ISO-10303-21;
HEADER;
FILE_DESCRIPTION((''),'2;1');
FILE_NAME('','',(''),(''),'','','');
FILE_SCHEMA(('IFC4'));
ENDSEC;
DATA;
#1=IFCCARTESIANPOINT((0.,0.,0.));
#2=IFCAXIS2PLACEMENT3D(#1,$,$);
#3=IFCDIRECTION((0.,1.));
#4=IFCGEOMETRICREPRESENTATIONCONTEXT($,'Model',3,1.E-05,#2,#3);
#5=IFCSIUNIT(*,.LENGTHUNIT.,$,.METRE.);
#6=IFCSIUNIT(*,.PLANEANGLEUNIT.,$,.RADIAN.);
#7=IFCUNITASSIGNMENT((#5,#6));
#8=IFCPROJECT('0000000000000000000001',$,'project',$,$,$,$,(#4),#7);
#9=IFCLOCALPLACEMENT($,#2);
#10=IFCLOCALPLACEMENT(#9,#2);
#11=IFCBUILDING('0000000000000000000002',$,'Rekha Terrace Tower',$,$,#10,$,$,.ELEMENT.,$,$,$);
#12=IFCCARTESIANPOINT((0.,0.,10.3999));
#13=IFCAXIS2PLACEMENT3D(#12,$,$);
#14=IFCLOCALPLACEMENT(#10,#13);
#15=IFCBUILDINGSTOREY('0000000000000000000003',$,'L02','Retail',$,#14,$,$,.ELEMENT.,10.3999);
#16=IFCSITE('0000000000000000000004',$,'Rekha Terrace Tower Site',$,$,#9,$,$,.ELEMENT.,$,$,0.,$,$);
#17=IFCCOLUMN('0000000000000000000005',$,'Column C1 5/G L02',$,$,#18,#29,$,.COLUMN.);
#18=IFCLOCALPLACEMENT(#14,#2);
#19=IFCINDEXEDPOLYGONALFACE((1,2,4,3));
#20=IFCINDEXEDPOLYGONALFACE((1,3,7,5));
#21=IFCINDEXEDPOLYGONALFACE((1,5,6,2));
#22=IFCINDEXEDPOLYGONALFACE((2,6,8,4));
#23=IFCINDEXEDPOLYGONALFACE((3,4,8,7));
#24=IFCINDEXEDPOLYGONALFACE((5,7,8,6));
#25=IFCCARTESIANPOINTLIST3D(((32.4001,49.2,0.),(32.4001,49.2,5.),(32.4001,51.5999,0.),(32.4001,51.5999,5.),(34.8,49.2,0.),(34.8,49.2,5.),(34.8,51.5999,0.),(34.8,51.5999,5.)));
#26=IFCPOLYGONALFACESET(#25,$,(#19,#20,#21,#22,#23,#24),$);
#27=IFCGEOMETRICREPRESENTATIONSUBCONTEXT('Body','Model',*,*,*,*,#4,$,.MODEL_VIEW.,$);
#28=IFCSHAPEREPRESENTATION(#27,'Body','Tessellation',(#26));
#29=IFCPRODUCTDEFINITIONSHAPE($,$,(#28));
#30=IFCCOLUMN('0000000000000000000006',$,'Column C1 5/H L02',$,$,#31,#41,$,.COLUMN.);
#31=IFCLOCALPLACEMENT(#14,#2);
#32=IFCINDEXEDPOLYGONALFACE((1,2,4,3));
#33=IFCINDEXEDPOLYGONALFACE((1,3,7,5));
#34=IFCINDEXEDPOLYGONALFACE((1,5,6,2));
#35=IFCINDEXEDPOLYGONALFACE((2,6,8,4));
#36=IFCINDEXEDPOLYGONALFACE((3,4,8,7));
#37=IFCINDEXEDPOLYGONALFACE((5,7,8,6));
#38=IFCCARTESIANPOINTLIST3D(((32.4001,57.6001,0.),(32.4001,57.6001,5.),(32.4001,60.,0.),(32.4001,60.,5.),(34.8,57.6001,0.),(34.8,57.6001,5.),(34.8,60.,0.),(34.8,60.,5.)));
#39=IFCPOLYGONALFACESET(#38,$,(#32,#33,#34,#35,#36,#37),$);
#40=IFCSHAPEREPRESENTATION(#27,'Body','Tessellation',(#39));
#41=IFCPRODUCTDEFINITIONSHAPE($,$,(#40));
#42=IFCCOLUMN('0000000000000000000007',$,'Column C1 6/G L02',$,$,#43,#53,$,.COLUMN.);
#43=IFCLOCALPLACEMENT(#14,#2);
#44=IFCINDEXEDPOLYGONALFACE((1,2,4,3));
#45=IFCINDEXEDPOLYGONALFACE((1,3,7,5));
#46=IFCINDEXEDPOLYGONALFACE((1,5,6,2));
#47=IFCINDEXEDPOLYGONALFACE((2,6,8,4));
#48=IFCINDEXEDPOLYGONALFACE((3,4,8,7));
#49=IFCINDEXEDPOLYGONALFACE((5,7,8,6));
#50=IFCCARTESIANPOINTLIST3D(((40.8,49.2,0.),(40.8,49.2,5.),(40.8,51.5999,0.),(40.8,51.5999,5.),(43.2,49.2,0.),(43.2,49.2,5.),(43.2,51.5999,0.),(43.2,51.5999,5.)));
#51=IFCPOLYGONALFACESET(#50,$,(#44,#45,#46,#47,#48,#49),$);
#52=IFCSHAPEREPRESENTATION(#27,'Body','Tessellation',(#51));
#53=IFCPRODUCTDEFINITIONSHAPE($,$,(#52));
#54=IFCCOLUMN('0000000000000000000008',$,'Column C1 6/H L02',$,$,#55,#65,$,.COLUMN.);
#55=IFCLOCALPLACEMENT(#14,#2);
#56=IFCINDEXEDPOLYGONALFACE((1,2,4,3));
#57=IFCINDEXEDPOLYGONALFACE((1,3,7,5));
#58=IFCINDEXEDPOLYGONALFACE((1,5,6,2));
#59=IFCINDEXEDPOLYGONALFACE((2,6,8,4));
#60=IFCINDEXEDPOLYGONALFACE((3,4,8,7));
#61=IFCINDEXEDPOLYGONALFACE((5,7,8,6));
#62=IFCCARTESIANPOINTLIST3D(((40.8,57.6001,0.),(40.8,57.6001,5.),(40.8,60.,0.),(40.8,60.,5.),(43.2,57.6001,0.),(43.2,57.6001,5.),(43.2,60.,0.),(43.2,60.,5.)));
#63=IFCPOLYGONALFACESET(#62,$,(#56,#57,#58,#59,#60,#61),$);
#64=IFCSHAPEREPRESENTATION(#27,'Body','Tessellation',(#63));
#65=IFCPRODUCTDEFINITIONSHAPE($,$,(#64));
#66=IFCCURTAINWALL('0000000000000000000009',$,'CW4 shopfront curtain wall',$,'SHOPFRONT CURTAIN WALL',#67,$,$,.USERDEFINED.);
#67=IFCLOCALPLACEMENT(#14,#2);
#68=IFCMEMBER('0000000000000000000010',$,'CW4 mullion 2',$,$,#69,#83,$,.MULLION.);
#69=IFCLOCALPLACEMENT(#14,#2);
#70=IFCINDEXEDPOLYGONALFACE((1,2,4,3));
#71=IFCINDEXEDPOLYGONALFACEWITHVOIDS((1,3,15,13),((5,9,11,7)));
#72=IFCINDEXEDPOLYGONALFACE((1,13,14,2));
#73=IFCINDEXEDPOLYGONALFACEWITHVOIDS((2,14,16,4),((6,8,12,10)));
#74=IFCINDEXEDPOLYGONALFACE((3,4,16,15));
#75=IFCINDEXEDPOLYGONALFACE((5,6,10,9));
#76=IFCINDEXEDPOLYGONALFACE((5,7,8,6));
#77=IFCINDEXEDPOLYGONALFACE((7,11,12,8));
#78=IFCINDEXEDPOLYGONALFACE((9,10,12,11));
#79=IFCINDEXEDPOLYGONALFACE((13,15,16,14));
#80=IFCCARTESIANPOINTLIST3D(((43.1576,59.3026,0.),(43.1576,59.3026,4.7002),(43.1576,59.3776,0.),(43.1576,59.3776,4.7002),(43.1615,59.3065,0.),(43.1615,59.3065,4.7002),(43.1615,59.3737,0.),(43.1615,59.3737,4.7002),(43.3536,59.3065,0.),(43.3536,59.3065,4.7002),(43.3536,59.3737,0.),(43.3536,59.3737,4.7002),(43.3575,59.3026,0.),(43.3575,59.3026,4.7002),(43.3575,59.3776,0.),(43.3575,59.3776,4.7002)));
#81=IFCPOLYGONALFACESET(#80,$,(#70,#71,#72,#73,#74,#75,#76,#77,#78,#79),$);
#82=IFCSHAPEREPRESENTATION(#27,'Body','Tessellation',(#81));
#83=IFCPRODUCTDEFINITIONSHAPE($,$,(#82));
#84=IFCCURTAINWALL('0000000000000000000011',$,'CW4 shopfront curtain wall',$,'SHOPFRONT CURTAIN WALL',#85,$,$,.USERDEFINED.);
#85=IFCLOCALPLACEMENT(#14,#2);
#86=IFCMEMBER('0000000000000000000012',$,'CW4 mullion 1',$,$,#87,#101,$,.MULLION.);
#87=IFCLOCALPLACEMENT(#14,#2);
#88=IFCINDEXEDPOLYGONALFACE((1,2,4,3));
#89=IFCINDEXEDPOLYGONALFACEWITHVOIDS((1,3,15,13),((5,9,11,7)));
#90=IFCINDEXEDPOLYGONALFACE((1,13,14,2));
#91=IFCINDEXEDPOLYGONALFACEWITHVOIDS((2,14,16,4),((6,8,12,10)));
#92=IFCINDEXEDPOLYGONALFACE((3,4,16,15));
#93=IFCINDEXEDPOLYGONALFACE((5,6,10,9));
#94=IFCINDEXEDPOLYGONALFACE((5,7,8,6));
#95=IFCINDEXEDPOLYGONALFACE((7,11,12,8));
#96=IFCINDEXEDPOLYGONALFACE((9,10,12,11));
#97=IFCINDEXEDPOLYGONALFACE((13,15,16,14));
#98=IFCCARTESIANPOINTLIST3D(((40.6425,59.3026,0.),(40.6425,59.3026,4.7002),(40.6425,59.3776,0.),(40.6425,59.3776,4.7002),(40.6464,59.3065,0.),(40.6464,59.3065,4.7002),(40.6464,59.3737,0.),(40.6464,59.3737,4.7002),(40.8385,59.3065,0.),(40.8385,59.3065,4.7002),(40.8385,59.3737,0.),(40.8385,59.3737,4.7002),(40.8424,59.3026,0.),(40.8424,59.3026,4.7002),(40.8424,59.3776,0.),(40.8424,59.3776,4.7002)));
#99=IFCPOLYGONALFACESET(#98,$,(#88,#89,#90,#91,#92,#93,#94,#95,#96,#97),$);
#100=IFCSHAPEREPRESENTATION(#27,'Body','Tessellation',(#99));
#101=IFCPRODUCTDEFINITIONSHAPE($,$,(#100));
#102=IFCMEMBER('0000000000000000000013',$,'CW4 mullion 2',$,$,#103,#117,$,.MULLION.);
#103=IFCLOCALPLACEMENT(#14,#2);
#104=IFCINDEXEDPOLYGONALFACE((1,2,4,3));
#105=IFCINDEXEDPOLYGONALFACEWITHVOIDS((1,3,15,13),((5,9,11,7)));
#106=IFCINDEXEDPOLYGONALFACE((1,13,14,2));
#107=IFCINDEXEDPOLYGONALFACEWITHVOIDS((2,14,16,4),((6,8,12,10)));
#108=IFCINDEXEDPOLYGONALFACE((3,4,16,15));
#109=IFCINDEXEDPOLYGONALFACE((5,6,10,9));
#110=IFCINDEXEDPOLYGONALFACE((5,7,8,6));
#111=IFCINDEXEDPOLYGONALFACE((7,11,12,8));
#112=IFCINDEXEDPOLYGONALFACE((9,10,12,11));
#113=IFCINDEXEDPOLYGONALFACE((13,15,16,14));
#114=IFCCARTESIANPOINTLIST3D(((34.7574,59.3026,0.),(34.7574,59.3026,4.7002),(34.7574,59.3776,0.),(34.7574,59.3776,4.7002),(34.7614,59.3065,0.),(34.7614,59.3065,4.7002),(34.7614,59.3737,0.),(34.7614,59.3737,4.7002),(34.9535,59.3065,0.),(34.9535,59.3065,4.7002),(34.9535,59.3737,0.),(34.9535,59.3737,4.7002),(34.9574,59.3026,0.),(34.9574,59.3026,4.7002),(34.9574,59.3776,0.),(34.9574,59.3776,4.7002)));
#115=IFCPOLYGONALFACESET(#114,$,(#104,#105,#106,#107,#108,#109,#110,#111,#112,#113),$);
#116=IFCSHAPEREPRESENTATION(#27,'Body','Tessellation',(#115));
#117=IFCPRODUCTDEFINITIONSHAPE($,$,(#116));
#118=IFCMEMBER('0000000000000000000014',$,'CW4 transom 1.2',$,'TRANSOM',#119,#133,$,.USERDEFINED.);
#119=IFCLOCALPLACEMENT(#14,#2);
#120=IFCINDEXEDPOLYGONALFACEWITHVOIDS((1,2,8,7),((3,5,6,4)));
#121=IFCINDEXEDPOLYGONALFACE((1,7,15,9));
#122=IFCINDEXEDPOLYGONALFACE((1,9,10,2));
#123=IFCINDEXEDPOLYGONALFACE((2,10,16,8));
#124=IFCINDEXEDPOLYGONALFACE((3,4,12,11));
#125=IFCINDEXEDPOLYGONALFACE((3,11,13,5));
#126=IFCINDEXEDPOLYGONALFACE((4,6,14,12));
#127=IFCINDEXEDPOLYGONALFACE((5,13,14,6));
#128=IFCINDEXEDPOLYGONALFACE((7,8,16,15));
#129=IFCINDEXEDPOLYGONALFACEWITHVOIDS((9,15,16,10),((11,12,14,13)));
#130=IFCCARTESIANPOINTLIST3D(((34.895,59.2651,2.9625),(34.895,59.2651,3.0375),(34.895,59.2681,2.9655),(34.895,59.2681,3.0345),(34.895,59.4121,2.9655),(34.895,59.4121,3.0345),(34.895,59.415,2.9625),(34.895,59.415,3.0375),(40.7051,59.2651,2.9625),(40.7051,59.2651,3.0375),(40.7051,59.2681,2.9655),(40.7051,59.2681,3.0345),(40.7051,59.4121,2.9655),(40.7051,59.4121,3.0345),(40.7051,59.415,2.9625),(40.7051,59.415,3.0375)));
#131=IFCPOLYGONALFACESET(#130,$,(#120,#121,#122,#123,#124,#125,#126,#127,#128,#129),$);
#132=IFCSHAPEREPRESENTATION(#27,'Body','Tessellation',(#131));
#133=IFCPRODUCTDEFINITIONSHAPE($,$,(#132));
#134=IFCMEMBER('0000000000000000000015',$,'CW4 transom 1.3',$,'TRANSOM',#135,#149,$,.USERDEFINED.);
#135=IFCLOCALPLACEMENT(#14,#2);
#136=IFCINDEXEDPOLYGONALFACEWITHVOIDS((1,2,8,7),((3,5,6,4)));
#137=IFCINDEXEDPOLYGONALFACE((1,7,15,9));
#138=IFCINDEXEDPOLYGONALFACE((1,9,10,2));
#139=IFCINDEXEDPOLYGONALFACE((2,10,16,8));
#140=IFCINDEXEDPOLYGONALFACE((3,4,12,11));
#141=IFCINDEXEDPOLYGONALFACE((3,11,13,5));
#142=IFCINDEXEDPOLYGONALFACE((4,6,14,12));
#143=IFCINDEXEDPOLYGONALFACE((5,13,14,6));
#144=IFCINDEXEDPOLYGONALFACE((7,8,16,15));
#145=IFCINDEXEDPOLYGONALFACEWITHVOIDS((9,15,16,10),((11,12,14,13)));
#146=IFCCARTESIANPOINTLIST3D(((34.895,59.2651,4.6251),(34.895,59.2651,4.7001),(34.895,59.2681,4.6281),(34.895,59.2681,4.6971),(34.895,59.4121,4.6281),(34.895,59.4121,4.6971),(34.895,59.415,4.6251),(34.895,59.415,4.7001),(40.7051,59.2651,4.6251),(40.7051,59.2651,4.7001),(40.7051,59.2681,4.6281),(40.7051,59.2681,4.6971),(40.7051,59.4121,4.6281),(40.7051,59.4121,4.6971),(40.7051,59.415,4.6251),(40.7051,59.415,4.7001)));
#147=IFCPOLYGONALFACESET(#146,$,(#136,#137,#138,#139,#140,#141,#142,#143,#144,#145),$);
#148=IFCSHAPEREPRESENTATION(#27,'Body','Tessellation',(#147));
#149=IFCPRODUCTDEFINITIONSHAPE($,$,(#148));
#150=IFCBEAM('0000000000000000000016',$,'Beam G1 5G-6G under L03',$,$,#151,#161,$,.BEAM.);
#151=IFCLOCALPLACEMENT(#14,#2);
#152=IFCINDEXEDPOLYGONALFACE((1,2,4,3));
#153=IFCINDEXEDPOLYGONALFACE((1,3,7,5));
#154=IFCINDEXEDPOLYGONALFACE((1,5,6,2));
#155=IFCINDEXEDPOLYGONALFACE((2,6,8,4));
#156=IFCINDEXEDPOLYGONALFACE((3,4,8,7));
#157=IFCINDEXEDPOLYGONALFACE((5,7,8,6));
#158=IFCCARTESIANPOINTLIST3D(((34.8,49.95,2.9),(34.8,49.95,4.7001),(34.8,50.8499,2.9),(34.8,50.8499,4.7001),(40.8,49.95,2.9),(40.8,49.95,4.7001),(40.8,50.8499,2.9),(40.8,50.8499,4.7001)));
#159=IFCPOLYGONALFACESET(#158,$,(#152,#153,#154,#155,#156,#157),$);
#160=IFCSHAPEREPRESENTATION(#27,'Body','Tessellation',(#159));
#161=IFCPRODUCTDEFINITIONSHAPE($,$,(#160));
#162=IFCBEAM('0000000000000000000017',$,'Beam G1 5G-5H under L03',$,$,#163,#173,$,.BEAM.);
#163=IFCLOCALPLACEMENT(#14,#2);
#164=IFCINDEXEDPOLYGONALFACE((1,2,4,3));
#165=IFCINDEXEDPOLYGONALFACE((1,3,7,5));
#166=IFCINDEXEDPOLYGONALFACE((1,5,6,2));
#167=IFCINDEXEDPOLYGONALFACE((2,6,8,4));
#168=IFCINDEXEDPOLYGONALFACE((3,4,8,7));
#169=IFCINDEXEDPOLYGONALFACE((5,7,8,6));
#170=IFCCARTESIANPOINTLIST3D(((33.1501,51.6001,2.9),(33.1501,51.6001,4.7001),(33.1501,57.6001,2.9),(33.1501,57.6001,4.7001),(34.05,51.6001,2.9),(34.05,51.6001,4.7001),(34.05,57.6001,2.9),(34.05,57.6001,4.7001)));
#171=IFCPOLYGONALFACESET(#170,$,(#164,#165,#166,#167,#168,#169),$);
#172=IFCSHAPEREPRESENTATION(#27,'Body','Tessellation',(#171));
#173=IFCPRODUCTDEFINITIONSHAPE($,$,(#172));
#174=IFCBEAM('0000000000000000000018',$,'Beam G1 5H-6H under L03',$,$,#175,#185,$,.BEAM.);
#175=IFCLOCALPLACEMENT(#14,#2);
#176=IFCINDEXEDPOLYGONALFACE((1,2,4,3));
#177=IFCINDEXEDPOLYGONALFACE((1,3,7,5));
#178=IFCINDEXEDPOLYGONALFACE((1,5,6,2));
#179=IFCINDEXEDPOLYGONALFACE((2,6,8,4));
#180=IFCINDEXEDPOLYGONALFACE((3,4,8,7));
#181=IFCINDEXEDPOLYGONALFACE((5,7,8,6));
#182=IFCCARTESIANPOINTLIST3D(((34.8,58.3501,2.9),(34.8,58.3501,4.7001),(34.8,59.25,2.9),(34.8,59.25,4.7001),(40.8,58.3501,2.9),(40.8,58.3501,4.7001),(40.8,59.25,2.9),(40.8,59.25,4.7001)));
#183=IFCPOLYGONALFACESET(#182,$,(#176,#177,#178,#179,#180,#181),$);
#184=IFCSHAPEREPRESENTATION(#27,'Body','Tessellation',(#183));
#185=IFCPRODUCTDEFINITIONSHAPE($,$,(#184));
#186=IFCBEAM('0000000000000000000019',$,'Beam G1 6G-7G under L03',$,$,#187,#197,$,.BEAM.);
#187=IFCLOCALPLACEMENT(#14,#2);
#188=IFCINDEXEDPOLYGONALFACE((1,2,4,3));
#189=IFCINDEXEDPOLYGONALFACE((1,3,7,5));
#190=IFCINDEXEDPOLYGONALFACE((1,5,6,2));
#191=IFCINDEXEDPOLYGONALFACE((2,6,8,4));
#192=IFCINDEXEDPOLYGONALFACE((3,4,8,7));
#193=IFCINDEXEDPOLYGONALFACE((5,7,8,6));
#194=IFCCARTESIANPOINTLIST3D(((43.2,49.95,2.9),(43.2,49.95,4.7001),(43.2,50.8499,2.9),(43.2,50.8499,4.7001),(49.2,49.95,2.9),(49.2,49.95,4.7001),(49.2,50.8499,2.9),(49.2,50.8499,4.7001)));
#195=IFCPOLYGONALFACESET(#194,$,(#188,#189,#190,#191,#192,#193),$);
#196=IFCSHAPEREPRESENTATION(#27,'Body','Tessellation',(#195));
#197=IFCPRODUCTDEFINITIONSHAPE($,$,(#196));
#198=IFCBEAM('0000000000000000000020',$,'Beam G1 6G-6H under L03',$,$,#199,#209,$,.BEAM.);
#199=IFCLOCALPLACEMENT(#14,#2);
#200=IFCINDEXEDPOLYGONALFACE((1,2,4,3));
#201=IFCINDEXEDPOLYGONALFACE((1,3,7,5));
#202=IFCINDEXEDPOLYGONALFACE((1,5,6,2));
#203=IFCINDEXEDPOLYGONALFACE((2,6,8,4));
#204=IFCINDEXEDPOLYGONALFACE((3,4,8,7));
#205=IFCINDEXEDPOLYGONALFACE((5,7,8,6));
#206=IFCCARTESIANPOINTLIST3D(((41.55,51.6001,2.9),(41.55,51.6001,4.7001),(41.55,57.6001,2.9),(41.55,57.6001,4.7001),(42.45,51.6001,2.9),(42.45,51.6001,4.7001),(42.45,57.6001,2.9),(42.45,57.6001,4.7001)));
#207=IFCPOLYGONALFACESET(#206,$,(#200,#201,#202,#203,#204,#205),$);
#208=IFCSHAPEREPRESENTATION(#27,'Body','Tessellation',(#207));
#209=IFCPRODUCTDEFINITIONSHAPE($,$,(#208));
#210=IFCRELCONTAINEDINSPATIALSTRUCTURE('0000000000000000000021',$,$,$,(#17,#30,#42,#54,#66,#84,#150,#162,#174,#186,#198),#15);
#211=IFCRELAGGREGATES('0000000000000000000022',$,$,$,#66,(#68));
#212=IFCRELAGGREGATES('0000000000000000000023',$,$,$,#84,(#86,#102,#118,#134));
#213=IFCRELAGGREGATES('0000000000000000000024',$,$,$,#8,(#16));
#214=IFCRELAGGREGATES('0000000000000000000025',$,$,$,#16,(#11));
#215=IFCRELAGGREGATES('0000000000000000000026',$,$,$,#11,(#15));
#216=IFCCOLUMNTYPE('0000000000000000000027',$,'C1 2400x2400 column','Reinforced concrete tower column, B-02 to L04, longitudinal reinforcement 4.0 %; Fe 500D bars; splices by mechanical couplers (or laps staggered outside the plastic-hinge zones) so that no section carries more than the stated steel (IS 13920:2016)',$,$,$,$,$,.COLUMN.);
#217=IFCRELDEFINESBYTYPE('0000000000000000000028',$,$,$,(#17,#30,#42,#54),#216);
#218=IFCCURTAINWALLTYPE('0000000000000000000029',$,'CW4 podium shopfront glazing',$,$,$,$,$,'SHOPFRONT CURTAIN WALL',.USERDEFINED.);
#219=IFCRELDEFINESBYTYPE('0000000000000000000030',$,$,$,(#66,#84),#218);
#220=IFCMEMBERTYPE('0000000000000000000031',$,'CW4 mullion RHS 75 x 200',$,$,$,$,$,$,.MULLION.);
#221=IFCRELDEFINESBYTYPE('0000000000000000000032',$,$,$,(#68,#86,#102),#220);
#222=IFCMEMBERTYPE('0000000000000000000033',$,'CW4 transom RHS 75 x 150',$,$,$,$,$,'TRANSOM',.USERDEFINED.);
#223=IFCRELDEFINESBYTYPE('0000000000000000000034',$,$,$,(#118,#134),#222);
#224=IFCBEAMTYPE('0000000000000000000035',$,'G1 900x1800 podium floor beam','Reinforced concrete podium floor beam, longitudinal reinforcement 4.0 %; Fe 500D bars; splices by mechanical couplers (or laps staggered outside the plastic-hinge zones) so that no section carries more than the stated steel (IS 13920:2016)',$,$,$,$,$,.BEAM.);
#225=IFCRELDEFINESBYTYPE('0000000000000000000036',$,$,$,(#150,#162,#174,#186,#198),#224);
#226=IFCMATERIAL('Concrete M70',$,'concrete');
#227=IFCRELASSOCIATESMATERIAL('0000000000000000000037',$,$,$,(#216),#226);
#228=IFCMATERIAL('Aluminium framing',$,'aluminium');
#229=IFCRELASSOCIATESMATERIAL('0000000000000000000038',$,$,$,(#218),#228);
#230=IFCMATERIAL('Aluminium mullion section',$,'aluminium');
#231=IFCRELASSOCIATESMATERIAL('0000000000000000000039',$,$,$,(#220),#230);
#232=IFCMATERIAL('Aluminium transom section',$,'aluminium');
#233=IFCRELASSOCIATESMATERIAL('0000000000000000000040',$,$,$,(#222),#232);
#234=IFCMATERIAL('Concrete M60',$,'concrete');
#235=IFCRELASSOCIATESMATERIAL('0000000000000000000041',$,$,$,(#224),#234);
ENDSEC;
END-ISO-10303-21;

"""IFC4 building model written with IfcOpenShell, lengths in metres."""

from ifc_helpers import new_model, si_unit, direction, frame, origin, origin_2d, place, context, subcontext, project, spatial, rectangle, hollow_rectangle, extrude, material, material_profile, profile_set, type_object, element, aggregate, save


model = new_model("IFC4")

# Units and contexts
model_context = context("Model", 3, precision=1e-05, world=origin(), true_north=direction((0.0, 1.0)))
body_context = subcontext(model_context, "Body", "Model", "MODEL_VIEW")
ifc_project = project(units=[si_unit("LENGTHUNIT", "METRE"), si_unit("PLANEANGLEUNIT", "RADIAN")], contexts=[model_context])

# Site, building, storey
site_placement = place(None, origin())
site = spatial("IfcSite", under=ifc_project, at=site_placement, Name="Rekha Terrace Tower Site", CompositionType="ELEMENT", RefElevation=0.0)
building_placement = place(site_placement, origin())
building = spatial("IfcBuilding", under=site, at=building_placement, Name="Rekha Terrace Tower", CompositionType="ELEMENT")
storey_placement = place(building_placement, frame((0.0, 0.0, 10.3999)))
storey = spatial("IfcBuildingStorey", under=building, at=storey_placement, Name="L02", Description="Retail", CompositionType="ELEMENT", Elevation=10.3999)

# Columns
ifc_material_1 = material(Name="Concrete M70", Category="concrete")
ifc_material_profile_1 = material_profile(ifc_material_1, rectangle(XDim=2.3999, YDim=2.3999, at=origin_2d()), Name="RC 2400x2400")
ifc_profile_set_1 = profile_set([ifc_material_profile_1], Name="Concrete M70")
column_type = type_object("IfcColumnType", Name="C1 2400x2400 column", Description="Reinforced concrete tower column, B-02 to L04, longitudinal reinforcement 4.0 %; Fe 500D bars; splices by mechanical couplers (or laps staggered outside the plastic-hinge zones) so that no section carries more than the stated steel (IS 13920:2016)", PredefinedType="COLUMN", material=ifc_profile_set_1)
for number, where, z_axis, x_axis, name in (
    (1, (33.6001, 50.3999, 0.0), (0.0, 0.0, 1.0), (1.0, 0.0, 0.0), "Column C1 5/G L02"),
    (2, (33.6001, 58.8, 0.0), (0.0, 0.0, 1.0), (1.0, 0.0, 0.0), "Column C1 5/H L02"),
    (3, (42.0, 50.3999, 0.0), (0.0, 0.0, 1.0), (1.0, 0.0, 0.0), "Column C1 6/G L02"),
    (4, (42.0, 58.8, 0.0), (0.0, 0.0, 1.0), (1.0, 0.0, 0.0), "Column C1 6/H L02"),
):
    element("IfcColumn", number, at=place(storey_placement, frame(where, z_axis=z_axis, x_axis=x_axis)), inside=storey, type_object=column_type, Name=name, PredefinedType="COLUMN", context=body_context, shape_type="SweptSolid", body=[
        extrude(rectangle(XDim=2.3999, YDim=2.3999, at=origin_2d()), origin(), (0.0, 0.0, 1.0), 5.0),
    ])

# Curtain wall, member
ifc_material_2 = material(Name="Aluminium framing", Category="aluminium")
curtain_wall_type = type_object("IfcCurtainWallType", Name="CW4 podium shopfront glazing", ElementType="SHOPFRONT CURTAIN WALL", PredefinedType="USERDEFINED", material=ifc_material_2)
curtain_wall_1_placement = place(storey_placement, origin())
curtain_wall_1 = element("IfcCurtainWall", 5, at=curtain_wall_1_placement, inside=storey, type_object=curtain_wall_type, Name="CW4 shopfront curtain wall", ObjectType="SHOPFRONT CURTAIN WALL", PredefinedType="USERDEFINED")
ifc_material_3 = material(Name="Aluminium mullion section", Category="aluminium")
ifc_material_profile_2 = material_profile(ifc_material_3, hollow_rectangle(XDim=0.075, YDim=0.2, WallThickness=0.0039, at=origin_2d()), Name="AL RHS 75x200")
ifc_profile_set_2 = profile_set([ifc_material_profile_2], Name="Aluminium mullion section")
member_type_1 = type_object("IfcMemberType", Name="CW4 mullion RHS 75 x 200", PredefinedType="MULLION", material=ifc_profile_set_2)
member_1_placement = place(storey_placement, frame((43.2576, 59.3401, 0.0), z_axis=(0.0, 0.0, 1.0), x_axis=(0.0, -1.0, 0.0)))
member_1 = element("IfcMember", 6, at=member_1_placement, type_object=member_type_1, Name="CW4 mullion 2", PredefinedType="MULLION", context=body_context, shape_type="SweptSolid", body=[
    extrude(hollow_rectangle(XDim=0.075, YDim=0.2, WallThickness=0.0039, at=origin_2d()), origin(), (0.0, 0.0, 1.0), 4.7002),
])

# Curtain wall, members
curtain_wall_2_placement = place(storey_placement, origin())
curtain_wall_2 = element("IfcCurtainWall", 7, at=curtain_wall_2_placement, inside=storey, type_object=curtain_wall_type, Name="CW4 shopfront curtain wall", ObjectType="SHOPFRONT CURTAIN WALL", PredefinedType="USERDEFINED")
member_2_placement = place(storey_placement, frame((40.7424, 59.3401, 0.0), z_axis=(0.0, 0.0, 1.0), x_axis=(0.0, -1.0, 0.0)))
member_2 = element("IfcMember", 8, at=member_2_placement, type_object=member_type_1, Name="CW4 mullion 1", PredefinedType="MULLION", context=body_context, shape_type="SweptSolid", body=[
    extrude(hollow_rectangle(XDim=0.075, YDim=0.2, WallThickness=0.0039, at=origin_2d()), origin(), (0.0, 0.0, 1.0), 4.7002),
])
member_3_placement = place(storey_placement, frame((34.8574, 59.3401, 0.0), z_axis=(0.0, 0.0, 1.0), x_axis=(0.0, -1.0, 0.0)))
member_3 = element("IfcMember", 9, at=member_3_placement, type_object=member_type_1, Name="CW4 mullion 2", PredefinedType="MULLION", context=body_context, shape_type="SweptSolid", body=[
    extrude(hollow_rectangle(XDim=0.075, YDim=0.2, WallThickness=0.0039, at=origin_2d()), origin(), (0.0, 0.0, 1.0), 4.7002),
])
ifc_material_4 = material(Name="Aluminium transom section", Category="aluminium")
ifc_material_profile_3 = material_profile(ifc_material_4, hollow_rectangle(XDim=0.1499, YDim=0.075, WallThickness=0.0029, at=origin_2d()), Name="AL RHS 150x75")
ifc_profile_set_3 = profile_set([ifc_material_profile_3], Name="Aluminium transom section")
member_type_2 = type_object("IfcMemberType", Name="CW4 transom RHS 75 x 150", ElementType="TRANSOM", PredefinedType="USERDEFINED", material=ifc_profile_set_3)
member_4_placement = place(storey_placement, frame((40.7051, 59.3401, 3.0), z_axis=(-1.0, 0.0, 0.0), x_axis=(0.0, -1.0, 0.0)))
member_4 = element("IfcMember", 10, at=member_4_placement, type_object=member_type_2, Name="CW4 transom 1.2", ObjectType="TRANSOM", PredefinedType="USERDEFINED", context=body_context, shape_type="SweptSolid", body=[
    extrude(hollow_rectangle(XDim=0.1499, YDim=0.075, WallThickness=0.0029, at=origin_2d()), origin(), (0.0, 0.0, 1.0), 5.8101),
])
member_5_placement = place(storey_placement, frame((40.7051, 59.3401, 4.6626), z_axis=(-1.0, 0.0, 0.0), x_axis=(0.0, -1.0, 0.0)))
member_5 = element("IfcMember", 11, at=member_5_placement, type_object=member_type_2, Name="CW4 transom 1.3", ObjectType="TRANSOM", PredefinedType="USERDEFINED", context=body_context, shape_type="SweptSolid", body=[
    extrude(hollow_rectangle(XDim=0.1499, YDim=0.075, WallThickness=0.0029, at=origin_2d()), origin(), (0.0, 0.0, 1.0), 5.8101),
])

# Beams
ifc_material_5 = material(Name="Concrete M60", Category="concrete")
ifc_material_profile_4 = material_profile(ifc_material_5, rectangle(XDim=0.8999, YDim=1.8, at=origin_2d()), Name="RC 900x1800")
ifc_profile_set_4 = profile_set([ifc_material_profile_4], Name="Concrete M60")
beam_type = type_object("IfcBeamType", Name="G1 900x1800 podium floor beam", Description="Reinforced concrete podium floor beam, longitudinal reinforcement 4.0 %; Fe 500D bars; splices by mechanical couplers (or laps staggered outside the plastic-hinge zones) so that no section carries more than the stated steel (IS 13920:2016)", PredefinedType="BEAM", material=ifc_profile_set_4)
for number, where, z_axis, x_axis, name in (
    (12, (34.8, 50.3999, 3.8), (1.0, 0.0, 0.0), (0.0, 1.0, 0.0), "Beam G1 5G-6G under L03"),
    (13, (33.6001, 51.6001, 3.8), (0.0, 1.0, 0.0), (-1.0, 0.0, 0.0), "Beam G1 5G-5H under L03"),
    (14, (34.8, 58.8, 3.8), (1.0, 0.0, 0.0), (0.0, 1.0, 0.0), "Beam G1 5H-6H under L03"),
    (15, (43.2, 50.3999, 3.8), (1.0, 0.0, 0.0), (0.0, 1.0, 0.0), "Beam G1 6G-7G under L03"),
    (16, (42.0, 51.6001, 3.8), (0.0, 1.0, 0.0), (-1.0, 0.0, 0.0), "Beam G1 6G-6H under L03"),
):
    element("IfcBeam", number, at=place(storey_placement, frame(where, z_axis=z_axis, x_axis=x_axis)), inside=storey, type_object=beam_type, Name=name, PredefinedType="BEAM", context=body_context, shape_type="SweptSolid", body=[
        extrude(rectangle(XDim=0.8999, YDim=1.8, at=origin_2d()), origin(), (0.0, 0.0, 1.0), 6.0),
    ])

aggregate(curtain_wall_1, [member_1])
aggregate(curtain_wall_2, [member_2, member_3, member_4, member_5])

save(model, "model.ifc")
